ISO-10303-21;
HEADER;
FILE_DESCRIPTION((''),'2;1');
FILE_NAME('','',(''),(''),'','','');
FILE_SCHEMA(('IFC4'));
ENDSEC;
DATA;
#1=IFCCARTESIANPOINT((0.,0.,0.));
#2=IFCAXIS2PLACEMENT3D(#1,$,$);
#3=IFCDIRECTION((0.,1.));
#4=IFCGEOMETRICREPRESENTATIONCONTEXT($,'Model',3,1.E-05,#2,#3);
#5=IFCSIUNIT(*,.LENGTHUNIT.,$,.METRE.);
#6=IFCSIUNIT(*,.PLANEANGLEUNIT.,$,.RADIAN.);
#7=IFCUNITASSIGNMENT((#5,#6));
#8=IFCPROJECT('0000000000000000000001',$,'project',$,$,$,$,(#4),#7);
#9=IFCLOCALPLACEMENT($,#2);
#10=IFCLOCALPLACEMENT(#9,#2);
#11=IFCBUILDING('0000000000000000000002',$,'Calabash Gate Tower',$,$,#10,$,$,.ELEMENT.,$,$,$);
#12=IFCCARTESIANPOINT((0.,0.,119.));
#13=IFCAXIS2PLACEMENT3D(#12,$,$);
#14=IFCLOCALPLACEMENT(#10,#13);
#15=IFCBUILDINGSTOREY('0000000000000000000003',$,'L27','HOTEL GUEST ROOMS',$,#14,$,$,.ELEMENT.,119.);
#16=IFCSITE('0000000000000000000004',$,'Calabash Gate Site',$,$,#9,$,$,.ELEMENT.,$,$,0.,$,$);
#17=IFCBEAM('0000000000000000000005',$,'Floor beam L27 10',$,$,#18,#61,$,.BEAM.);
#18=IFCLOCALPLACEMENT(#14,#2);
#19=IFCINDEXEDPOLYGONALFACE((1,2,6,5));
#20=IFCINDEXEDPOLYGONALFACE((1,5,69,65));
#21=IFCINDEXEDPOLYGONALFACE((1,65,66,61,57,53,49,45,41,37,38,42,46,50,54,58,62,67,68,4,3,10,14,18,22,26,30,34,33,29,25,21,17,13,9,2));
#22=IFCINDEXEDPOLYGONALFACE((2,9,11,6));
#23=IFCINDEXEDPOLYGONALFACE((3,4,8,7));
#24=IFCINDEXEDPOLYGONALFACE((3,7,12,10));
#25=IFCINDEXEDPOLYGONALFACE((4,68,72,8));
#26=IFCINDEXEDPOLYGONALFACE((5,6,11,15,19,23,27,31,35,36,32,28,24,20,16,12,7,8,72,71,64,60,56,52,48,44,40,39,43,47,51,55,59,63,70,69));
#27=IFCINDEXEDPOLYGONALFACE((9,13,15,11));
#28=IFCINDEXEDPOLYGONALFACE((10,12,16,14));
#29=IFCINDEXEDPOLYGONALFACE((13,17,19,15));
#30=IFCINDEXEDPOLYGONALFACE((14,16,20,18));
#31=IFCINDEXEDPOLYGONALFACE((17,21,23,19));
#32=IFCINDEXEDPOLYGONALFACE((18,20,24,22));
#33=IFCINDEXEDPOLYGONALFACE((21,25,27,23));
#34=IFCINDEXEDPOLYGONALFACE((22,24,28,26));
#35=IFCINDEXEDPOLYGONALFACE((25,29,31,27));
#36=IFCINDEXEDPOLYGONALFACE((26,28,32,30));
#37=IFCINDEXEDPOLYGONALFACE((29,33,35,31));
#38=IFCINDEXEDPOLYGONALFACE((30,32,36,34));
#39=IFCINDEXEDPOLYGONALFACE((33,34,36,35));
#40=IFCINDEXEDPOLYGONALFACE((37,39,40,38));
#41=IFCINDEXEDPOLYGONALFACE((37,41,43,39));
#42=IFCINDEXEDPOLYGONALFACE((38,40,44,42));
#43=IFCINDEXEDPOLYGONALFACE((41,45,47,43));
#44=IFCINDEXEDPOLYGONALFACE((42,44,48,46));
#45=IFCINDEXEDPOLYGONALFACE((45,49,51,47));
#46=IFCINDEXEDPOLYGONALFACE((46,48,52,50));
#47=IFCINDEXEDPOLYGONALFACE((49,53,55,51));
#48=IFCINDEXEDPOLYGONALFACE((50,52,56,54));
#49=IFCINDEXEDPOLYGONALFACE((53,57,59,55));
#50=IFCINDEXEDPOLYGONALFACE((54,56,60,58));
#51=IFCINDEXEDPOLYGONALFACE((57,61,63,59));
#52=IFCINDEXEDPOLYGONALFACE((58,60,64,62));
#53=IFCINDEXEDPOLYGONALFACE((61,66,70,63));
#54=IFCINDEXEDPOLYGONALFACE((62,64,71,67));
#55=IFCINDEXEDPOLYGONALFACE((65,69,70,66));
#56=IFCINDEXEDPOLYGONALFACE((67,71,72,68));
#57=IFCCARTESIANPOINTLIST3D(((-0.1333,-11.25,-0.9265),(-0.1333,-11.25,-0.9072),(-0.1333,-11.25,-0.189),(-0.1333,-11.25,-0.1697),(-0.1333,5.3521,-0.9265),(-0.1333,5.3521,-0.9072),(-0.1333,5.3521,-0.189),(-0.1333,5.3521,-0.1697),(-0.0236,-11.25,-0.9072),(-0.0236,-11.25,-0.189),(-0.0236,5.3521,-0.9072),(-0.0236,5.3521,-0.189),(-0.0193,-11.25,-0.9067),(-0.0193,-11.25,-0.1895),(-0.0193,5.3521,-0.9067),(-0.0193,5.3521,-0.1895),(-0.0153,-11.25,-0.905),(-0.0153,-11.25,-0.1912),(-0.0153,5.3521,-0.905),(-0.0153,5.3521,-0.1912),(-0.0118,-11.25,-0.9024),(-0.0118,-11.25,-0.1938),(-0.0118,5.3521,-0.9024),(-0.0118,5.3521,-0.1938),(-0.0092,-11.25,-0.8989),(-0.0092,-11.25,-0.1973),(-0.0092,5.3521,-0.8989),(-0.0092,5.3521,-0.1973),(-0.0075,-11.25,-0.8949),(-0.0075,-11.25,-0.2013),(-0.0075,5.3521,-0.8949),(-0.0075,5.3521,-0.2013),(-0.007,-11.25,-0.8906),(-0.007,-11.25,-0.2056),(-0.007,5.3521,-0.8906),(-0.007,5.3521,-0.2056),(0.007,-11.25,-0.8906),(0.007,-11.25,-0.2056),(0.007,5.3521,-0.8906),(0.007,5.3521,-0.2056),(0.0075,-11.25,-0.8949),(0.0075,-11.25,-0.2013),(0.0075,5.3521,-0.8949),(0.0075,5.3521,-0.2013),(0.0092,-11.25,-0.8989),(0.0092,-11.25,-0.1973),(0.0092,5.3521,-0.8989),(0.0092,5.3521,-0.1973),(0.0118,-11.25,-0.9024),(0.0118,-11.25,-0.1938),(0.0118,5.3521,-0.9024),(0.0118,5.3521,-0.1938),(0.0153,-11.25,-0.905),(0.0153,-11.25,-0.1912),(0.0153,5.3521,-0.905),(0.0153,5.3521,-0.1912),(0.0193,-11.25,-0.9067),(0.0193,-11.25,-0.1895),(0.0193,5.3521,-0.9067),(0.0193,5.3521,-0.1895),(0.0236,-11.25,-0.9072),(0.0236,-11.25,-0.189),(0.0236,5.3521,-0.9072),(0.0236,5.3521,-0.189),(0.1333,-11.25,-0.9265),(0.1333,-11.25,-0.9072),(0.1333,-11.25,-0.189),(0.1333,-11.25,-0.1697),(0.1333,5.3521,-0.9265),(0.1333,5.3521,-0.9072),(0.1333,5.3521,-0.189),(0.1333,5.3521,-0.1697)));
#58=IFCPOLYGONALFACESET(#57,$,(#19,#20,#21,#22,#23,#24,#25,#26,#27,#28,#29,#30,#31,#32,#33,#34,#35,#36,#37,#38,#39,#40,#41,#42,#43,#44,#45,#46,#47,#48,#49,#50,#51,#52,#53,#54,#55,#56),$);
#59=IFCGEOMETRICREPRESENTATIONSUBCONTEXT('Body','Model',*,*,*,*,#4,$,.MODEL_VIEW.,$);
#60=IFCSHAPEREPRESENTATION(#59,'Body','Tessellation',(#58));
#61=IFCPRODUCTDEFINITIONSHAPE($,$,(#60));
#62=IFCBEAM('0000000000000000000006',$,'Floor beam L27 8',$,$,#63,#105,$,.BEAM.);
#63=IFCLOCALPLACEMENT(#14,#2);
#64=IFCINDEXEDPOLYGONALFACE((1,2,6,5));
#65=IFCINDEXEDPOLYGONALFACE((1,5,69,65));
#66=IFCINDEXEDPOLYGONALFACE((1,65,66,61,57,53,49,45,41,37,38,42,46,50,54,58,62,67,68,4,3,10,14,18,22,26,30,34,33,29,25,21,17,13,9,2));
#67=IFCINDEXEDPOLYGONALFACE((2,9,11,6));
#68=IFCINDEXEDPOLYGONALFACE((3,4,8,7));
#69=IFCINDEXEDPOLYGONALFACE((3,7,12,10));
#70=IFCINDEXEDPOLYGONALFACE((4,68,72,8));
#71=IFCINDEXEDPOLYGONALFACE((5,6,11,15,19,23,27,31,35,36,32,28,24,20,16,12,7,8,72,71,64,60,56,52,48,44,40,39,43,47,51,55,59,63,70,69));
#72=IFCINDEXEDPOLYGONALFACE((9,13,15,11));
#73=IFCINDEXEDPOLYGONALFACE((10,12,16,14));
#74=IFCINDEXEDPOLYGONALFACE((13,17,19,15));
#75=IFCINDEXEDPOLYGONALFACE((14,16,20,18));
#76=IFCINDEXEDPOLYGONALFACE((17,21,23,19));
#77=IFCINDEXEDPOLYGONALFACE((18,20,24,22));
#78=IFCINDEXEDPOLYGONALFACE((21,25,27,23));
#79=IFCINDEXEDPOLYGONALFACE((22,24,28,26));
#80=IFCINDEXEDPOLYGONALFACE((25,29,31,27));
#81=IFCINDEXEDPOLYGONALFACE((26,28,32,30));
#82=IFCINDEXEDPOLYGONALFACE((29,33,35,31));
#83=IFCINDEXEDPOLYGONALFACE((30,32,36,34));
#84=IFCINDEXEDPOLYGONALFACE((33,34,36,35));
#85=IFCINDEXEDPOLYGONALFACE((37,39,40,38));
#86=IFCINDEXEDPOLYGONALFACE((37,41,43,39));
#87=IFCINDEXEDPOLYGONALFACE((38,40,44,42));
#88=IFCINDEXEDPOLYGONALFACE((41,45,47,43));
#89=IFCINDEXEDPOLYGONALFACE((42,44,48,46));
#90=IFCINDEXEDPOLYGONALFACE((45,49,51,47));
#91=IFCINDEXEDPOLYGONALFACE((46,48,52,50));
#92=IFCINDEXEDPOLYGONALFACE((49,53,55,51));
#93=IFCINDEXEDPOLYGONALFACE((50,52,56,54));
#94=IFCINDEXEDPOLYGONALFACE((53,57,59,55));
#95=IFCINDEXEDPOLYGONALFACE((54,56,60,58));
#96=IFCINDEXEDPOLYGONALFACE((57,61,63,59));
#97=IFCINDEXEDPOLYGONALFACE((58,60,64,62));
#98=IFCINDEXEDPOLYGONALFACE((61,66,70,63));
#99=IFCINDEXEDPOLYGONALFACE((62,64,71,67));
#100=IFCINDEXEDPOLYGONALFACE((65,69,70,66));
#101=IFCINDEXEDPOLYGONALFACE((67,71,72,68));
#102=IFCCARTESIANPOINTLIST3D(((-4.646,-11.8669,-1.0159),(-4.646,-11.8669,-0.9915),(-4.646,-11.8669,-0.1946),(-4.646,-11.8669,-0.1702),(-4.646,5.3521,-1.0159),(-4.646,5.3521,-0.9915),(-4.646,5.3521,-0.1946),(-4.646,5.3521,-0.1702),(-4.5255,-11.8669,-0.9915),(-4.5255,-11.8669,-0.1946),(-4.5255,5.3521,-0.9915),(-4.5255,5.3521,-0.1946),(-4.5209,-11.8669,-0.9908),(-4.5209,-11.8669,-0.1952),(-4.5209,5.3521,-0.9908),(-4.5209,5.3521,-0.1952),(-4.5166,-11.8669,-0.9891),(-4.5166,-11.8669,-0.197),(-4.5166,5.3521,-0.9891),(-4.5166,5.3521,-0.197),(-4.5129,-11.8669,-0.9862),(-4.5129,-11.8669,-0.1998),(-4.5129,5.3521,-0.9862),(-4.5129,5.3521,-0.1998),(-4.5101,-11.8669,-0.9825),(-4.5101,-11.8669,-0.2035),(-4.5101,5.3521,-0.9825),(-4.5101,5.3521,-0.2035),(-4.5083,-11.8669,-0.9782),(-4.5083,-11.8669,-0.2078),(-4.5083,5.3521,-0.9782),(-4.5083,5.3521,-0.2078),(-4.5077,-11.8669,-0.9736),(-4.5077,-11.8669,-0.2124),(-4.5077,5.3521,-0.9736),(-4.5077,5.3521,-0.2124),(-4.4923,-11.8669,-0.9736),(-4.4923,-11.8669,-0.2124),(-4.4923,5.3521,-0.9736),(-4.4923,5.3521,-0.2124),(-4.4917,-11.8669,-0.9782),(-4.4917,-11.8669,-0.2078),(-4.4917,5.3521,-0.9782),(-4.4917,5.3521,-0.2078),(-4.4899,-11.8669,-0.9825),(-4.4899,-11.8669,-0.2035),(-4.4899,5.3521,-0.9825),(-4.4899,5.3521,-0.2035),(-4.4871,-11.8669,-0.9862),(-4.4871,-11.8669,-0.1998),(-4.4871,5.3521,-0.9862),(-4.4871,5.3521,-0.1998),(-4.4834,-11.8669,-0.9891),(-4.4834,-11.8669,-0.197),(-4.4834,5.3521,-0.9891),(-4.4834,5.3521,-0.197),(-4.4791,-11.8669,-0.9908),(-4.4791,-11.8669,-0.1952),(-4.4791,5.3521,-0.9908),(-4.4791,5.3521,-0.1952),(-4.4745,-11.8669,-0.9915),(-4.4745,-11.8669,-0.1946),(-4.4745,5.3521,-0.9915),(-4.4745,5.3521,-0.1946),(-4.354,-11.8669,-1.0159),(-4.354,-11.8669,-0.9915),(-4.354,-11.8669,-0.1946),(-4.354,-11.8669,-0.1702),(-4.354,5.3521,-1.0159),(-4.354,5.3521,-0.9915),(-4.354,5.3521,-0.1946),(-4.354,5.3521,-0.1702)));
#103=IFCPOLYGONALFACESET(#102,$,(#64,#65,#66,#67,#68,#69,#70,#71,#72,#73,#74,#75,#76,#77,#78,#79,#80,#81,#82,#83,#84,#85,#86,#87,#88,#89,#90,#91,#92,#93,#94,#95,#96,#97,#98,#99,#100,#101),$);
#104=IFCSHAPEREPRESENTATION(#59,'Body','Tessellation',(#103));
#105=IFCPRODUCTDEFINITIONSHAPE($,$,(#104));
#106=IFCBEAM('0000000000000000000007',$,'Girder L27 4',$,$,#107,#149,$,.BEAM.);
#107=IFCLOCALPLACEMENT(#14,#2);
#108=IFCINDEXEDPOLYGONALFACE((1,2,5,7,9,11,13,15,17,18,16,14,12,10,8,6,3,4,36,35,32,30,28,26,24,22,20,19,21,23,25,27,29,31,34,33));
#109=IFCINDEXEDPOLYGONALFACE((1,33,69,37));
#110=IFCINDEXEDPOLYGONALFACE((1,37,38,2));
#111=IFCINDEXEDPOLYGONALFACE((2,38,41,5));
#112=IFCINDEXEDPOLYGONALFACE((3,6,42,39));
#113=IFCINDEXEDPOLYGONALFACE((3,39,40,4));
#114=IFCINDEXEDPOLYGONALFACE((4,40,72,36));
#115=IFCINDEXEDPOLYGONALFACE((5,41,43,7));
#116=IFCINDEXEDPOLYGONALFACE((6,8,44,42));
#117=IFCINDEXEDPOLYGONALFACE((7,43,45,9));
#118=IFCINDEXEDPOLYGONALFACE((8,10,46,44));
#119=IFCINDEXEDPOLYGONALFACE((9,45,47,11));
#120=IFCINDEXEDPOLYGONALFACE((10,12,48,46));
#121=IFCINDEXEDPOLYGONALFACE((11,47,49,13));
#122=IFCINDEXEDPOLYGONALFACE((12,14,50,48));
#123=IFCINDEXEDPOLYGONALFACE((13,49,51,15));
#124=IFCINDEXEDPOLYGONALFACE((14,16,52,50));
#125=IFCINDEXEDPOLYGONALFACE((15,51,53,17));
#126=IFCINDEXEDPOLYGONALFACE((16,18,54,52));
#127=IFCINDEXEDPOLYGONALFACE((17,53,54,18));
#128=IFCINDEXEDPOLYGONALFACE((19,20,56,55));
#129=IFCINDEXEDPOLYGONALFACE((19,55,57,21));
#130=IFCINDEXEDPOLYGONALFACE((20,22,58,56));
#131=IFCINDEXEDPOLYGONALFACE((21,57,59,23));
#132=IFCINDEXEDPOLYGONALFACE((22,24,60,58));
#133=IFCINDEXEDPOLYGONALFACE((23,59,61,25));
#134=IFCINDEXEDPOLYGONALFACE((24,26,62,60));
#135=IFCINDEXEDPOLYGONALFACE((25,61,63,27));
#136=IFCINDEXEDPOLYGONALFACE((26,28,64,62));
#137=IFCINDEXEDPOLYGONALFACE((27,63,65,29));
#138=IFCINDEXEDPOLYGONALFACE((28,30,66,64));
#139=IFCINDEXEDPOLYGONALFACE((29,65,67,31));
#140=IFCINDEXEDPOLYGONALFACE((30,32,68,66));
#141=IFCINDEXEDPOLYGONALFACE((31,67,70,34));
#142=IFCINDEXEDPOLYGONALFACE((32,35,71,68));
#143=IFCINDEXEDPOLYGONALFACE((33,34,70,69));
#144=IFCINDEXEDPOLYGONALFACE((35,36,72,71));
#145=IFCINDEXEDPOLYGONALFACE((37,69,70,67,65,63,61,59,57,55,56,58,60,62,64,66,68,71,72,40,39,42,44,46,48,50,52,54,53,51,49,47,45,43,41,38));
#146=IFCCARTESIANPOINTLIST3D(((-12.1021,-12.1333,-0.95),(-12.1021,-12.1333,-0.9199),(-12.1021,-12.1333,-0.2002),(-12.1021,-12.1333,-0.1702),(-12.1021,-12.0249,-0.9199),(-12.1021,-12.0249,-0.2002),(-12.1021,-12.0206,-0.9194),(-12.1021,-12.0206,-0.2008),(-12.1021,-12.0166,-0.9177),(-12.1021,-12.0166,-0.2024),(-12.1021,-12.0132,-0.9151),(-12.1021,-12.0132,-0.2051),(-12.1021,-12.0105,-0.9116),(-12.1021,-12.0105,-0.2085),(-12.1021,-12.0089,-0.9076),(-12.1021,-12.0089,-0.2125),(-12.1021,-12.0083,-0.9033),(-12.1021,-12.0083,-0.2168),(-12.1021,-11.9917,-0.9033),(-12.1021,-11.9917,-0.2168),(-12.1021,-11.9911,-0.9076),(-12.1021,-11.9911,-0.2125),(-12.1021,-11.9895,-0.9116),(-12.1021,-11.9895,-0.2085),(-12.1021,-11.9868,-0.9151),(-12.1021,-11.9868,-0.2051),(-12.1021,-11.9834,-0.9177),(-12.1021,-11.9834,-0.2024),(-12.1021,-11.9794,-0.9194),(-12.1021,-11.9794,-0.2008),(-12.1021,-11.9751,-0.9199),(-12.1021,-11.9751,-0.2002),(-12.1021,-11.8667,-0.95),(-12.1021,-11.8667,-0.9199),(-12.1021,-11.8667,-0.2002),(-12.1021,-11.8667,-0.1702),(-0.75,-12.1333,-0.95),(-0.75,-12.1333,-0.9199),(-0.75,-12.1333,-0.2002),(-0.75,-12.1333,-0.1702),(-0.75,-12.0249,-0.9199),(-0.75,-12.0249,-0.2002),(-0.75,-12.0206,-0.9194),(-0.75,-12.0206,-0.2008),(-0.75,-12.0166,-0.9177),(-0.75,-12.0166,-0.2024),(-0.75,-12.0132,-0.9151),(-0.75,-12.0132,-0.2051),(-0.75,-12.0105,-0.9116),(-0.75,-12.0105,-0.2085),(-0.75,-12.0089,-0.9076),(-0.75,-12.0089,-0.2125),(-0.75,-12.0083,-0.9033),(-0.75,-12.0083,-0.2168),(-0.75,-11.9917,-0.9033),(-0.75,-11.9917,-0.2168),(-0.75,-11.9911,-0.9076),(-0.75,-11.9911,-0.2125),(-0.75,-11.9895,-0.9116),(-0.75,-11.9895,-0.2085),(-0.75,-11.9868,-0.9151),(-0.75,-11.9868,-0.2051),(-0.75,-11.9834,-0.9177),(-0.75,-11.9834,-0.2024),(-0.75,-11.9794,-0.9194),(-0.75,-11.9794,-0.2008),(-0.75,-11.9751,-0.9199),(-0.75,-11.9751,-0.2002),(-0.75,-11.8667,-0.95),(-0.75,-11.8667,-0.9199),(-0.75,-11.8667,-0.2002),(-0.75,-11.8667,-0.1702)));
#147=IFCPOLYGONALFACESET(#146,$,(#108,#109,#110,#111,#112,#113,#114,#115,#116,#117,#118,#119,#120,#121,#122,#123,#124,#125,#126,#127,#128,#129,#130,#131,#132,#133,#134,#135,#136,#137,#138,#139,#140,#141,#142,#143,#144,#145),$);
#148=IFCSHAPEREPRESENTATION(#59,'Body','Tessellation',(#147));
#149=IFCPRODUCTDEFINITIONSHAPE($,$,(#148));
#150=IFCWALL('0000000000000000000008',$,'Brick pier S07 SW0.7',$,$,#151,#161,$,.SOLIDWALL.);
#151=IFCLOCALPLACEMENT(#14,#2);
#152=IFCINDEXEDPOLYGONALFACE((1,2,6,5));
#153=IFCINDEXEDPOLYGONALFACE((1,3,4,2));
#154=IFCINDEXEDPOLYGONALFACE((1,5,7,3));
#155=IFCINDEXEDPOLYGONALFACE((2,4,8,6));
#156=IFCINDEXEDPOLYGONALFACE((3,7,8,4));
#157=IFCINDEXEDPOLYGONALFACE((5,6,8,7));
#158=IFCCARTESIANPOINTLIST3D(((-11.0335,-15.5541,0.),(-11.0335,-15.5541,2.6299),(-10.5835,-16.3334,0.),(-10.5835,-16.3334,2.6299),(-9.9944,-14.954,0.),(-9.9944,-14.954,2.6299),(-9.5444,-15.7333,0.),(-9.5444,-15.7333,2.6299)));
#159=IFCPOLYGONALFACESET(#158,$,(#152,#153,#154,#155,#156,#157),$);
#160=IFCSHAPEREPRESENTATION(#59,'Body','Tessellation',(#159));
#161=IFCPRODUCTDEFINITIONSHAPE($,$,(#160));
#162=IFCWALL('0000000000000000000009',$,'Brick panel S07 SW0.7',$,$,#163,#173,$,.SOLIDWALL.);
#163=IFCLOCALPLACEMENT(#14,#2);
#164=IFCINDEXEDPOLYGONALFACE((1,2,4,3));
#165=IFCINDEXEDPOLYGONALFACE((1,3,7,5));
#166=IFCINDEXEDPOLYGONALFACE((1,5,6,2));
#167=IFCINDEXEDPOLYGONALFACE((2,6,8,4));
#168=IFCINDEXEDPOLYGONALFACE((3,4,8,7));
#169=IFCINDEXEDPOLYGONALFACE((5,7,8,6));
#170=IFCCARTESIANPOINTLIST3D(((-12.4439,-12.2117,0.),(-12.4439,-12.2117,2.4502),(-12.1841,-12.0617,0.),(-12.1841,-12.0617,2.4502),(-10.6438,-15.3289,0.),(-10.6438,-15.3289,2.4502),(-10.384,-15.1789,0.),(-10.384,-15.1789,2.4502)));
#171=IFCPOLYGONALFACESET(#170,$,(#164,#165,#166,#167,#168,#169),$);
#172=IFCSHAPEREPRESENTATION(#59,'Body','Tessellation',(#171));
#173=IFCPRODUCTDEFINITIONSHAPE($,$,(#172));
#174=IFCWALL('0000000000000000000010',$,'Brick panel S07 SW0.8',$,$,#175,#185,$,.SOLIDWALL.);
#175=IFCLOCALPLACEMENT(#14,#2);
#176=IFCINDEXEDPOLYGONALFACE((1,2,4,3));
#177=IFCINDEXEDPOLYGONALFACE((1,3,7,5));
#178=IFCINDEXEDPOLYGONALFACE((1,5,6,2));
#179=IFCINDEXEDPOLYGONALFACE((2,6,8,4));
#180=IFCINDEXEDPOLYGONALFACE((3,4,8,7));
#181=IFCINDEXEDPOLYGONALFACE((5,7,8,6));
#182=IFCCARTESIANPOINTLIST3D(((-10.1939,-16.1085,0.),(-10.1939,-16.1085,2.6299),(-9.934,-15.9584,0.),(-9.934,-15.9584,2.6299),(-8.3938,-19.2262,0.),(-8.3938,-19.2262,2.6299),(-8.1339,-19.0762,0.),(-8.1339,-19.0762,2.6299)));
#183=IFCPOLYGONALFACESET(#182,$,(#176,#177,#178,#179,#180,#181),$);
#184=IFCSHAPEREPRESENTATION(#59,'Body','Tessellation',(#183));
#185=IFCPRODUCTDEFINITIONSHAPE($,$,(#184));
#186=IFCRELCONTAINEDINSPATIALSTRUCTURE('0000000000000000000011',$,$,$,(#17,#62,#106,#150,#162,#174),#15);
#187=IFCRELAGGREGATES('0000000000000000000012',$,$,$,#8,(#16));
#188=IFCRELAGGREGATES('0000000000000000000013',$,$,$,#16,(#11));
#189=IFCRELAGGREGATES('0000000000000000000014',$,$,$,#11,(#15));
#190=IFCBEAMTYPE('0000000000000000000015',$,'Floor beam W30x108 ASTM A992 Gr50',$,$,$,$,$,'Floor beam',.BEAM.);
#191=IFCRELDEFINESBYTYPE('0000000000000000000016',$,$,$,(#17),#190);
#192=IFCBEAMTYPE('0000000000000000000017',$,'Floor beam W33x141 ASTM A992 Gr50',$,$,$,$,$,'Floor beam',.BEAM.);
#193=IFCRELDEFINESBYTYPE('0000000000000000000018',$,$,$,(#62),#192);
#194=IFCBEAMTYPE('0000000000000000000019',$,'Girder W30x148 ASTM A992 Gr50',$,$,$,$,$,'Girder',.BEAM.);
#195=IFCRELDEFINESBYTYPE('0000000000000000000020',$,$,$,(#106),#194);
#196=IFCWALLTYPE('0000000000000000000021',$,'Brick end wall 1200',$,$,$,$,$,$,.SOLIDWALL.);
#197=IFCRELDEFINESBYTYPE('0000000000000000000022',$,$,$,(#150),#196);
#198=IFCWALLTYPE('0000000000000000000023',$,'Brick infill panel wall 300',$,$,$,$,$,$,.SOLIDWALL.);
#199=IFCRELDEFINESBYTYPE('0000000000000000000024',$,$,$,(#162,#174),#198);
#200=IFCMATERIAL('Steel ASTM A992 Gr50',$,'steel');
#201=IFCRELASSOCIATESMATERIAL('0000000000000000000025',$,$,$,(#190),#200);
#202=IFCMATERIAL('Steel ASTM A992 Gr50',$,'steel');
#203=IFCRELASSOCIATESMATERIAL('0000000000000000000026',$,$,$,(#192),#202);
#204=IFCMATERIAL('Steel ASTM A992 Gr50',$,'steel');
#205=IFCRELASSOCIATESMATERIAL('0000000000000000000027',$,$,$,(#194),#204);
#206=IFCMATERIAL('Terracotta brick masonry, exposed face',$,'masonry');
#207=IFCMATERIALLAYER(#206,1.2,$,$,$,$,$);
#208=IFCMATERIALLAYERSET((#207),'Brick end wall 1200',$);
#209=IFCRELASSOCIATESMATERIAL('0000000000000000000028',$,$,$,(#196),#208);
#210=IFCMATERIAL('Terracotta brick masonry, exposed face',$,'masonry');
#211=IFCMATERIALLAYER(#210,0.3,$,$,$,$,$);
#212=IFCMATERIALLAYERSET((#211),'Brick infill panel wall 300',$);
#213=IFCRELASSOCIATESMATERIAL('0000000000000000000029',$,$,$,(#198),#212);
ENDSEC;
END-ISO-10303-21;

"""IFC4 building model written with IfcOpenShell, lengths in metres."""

from ifc_helpers import new_model, si_unit, direction, frame, frame_2d, origin, origin_2d, place, context, subcontext, project, spatial, rectangle, i_section, extrude, material, layer, layer_set, material_profile, profile_set, type_object, element, save


model = new_model("IFC4")

# Units and contexts
model_context = context("Model", 3, precision=1e-05, world=origin(), true_north=direction((0.0, 1.0)))
body_context = subcontext(model_context, "Body", "Model", "MODEL_VIEW")
ifc_project = project(units=[si_unit("LENGTHUNIT", "METRE"), si_unit("PLANEANGLEUNIT", "RADIAN")], contexts=[model_context])

# Site, building, storey
site_placement = place(None, origin())
site = spatial("IfcSite", under=ifc_project, at=site_placement, Name="Calabash Gate Site", CompositionType="ELEMENT", RefElevation=0.0)
building_placement = place(site_placement, origin())
building = spatial("IfcBuilding", under=site, at=building_placement, Name="Calabash Gate Tower", CompositionType="ELEMENT")
storey_placement = place(building_placement, frame((0.0, 0.0, 119.0)))
storey = spatial("IfcBuildingStorey", under=building, at=storey_placement, Name="L27", Description="HOTEL GUEST ROOMS", CompositionType="ELEMENT", Elevation=119.0)

# Beams
ifc_material_1 = material(Name="Steel ASTM A992 Gr50", Category="steel")
ifc_material_profile_1 = material_profile(ifc_material_1, i_section(OverallWidth=0.2666, OverallDepth=0.7568, WebThickness=0.0139, FlangeThickness=0.0193, FilletRadius=0.0166, at=origin_2d()))
ifc_profile_set_1 = profile_set([ifc_material_profile_1], Name="Steel ASTM A992 Gr50")
beam_type_1 = type_object("IfcBeamType", Name="Floor beam W30x108 ASTM A992 Gr50", ElementType="Floor beam", PredefinedType="BEAM", material=ifc_profile_set_1)
beam_1_placement = place(storey_placement, frame((0.0, -11.25, -0.5481), z_axis=(0.0, 1.0, 0.0), x_axis=(-1.0, 0.0, 0.0)))
element("IfcBeam", 1, at=beam_1_placement, inside=storey, type_object=beam_type_1, Name="Floor beam L27 10", PredefinedType="BEAM", context=body_context, shape_type="SweptSolid", body=[
    extrude(i_section(OverallWidth=0.2666, OverallDepth=0.7568, WebThickness=0.0139, FlangeThickness=0.0193, FilletRadius=0.0166, at=origin_2d()), origin(), (0.0, 0.0, 1.0), 16.6021),
])
ifc_material_2 = material(Name="Steel ASTM A992 Gr50", Category="steel")
ifc_material_profile_2 = material_profile(ifc_material_2, i_section(OverallWidth=0.292, OverallDepth=0.8457, WebThickness=0.0154, FlangeThickness=0.0244, FilletRadius=0.0178, at=origin_2d()))
ifc_profile_set_2 = profile_set([ifc_material_profile_2], Name="Steel ASTM A992 Gr50")
beam_type_2 = type_object("IfcBeamType", Name="Floor beam W33x141 ASTM A992 Gr50", ElementType="Floor beam", PredefinedType="BEAM", material=ifc_profile_set_2)
beam_2_placement = place(storey_placement, frame((-4.5, -11.8669, -0.593), z_axis=(0.0, 1.0, 0.0), x_axis=(-1.0, 0.0, 0.0)))
element("IfcBeam", 2, at=beam_2_placement, inside=storey, type_object=beam_type_2, Name="Floor beam L27 8", PredefinedType="BEAM", context=body_context, shape_type="SweptSolid", body=[
    extrude(i_section(OverallWidth=0.292, OverallDepth=0.8457, WebThickness=0.0154, FlangeThickness=0.0244, FilletRadius=0.0178, at=origin_2d()), origin(), (0.0, 0.0, 1.0), 17.219),
])
ifc_material_3 = material(Name="Steel ASTM A992 Gr50", Category="steel")
ifc_material_profile_3 = material_profile(ifc_material_3, i_section(OverallWidth=0.2666, OverallDepth=0.7798, WebThickness=0.0166, FlangeThickness=0.03, FilletRadius=0.0166, at=origin_2d()))
ifc_profile_set_3 = profile_set([ifc_material_profile_3], Name="Steel ASTM A992 Gr50")
beam_type_3 = type_object("IfcBeamType", Name="Girder W30x148 ASTM A992 Gr50", ElementType="Girder", PredefinedType="BEAM", material=ifc_profile_set_3)
beam_3_placement = place(storey_placement, frame((-12.1021, -12.0, -0.5601), z_axis=(1.0, 0.0, 0.0), x_axis=(0.0, 1.0, 0.0)))
element("IfcBeam", 3, at=beam_3_placement, inside=storey, type_object=beam_type_3, Name="Girder L27 4", PredefinedType="BEAM", context=body_context, shape_type="SweptSolid", body=[
    extrude(i_section(OverallWidth=0.2666, OverallDepth=0.7798, WebThickness=0.0166, FlangeThickness=0.03, FilletRadius=0.0166, at=origin_2d()), origin(), (0.0, 0.0, 1.0), 11.3521),
])

# Walls
ifc_material_4 = material(Name="Terracotta brick masonry, exposed face", Category="masonry")
ifc_layer_1 = layer(ifc_material_4, 1.2)
ifc_layer_set_1 = layer_set([ifc_layer_1], Name="Brick end wall 1200")
wall_type_1 = type_object("IfcWallType", Name="Brick end wall 1200", PredefinedType="SOLIDWALL", material=ifc_layer_set_1)
wall_1_placement = place(storey_placement, frame((-10.8086, -15.9438, 0.0), z_axis=(0.0, 0.0, 1.0), x_axis=(0.865955, 0.500122, 0.0)))
element("IfcWall", 4, at=wall_1_placement, inside=storey, type_object=wall_type_1, Name="Brick pier S07 SW0.7", PredefinedType="SOLIDWALL", context=body_context, shape_type="SweptSolid", body=[
    extrude(rectangle(XDim=1.2, YDim=0.8999, at=frame_2d((0.6001, 0.0))), origin(), (0.0, 0.0, 1.0), 2.6299),
])
ifc_material_5 = material(Name="Terracotta brick masonry, exposed face", Category="masonry")
ifc_layer_2 = layer(ifc_material_5, 0.3)
ifc_layer_set_2 = layer_set([ifc_layer_2], Name="Brick infill panel wall 300")
wall_type_2 = type_object("IfcWallType", Name="Brick infill panel wall 300", PredefinedType="SOLIDWALL", material=ifc_layer_set_2)
wall_2_placement = place(storey_placement, frame((-10.5139, -15.2539, 0.0), z_axis=(0.0, 0.0, 1.0), x_axis=(-0.500071, 0.865985, 0.0)))
element("IfcWall", 5, at=wall_2_placement, inside=storey, type_object=wall_type_2, Name="Brick panel S07 SW0.7", PredefinedType="SOLIDWALL", context=body_context, shape_type="SweptSolid", body=[
    extrude(rectangle(XDim=3.5996, YDim=0.3, at=frame_2d((1.7998, 0.0))), origin(), (0.0, 0.0, 1.0), 2.4502),
])
wall_3_placement = place(storey_placement, frame((-10.064, -16.0334, 0.0), z_axis=(0.0, 0.0, 1.0), x_axis=(0.500012, -0.866018, 0.0)))
element("IfcWall", 6, at=wall_3_placement, inside=storey, type_object=wall_type_2, Name="Brick panel S07 SW0.8", PredefinedType="SOLIDWALL", context=body_context, shape_type="SweptSolid", body=[
    extrude(rectangle(XDim=3.6001, YDim=0.3, at=frame_2d((1.8, 0.0))), origin(), (0.0, 0.0, 1.0), 2.6299),
])

save(model, "model.ifc")
